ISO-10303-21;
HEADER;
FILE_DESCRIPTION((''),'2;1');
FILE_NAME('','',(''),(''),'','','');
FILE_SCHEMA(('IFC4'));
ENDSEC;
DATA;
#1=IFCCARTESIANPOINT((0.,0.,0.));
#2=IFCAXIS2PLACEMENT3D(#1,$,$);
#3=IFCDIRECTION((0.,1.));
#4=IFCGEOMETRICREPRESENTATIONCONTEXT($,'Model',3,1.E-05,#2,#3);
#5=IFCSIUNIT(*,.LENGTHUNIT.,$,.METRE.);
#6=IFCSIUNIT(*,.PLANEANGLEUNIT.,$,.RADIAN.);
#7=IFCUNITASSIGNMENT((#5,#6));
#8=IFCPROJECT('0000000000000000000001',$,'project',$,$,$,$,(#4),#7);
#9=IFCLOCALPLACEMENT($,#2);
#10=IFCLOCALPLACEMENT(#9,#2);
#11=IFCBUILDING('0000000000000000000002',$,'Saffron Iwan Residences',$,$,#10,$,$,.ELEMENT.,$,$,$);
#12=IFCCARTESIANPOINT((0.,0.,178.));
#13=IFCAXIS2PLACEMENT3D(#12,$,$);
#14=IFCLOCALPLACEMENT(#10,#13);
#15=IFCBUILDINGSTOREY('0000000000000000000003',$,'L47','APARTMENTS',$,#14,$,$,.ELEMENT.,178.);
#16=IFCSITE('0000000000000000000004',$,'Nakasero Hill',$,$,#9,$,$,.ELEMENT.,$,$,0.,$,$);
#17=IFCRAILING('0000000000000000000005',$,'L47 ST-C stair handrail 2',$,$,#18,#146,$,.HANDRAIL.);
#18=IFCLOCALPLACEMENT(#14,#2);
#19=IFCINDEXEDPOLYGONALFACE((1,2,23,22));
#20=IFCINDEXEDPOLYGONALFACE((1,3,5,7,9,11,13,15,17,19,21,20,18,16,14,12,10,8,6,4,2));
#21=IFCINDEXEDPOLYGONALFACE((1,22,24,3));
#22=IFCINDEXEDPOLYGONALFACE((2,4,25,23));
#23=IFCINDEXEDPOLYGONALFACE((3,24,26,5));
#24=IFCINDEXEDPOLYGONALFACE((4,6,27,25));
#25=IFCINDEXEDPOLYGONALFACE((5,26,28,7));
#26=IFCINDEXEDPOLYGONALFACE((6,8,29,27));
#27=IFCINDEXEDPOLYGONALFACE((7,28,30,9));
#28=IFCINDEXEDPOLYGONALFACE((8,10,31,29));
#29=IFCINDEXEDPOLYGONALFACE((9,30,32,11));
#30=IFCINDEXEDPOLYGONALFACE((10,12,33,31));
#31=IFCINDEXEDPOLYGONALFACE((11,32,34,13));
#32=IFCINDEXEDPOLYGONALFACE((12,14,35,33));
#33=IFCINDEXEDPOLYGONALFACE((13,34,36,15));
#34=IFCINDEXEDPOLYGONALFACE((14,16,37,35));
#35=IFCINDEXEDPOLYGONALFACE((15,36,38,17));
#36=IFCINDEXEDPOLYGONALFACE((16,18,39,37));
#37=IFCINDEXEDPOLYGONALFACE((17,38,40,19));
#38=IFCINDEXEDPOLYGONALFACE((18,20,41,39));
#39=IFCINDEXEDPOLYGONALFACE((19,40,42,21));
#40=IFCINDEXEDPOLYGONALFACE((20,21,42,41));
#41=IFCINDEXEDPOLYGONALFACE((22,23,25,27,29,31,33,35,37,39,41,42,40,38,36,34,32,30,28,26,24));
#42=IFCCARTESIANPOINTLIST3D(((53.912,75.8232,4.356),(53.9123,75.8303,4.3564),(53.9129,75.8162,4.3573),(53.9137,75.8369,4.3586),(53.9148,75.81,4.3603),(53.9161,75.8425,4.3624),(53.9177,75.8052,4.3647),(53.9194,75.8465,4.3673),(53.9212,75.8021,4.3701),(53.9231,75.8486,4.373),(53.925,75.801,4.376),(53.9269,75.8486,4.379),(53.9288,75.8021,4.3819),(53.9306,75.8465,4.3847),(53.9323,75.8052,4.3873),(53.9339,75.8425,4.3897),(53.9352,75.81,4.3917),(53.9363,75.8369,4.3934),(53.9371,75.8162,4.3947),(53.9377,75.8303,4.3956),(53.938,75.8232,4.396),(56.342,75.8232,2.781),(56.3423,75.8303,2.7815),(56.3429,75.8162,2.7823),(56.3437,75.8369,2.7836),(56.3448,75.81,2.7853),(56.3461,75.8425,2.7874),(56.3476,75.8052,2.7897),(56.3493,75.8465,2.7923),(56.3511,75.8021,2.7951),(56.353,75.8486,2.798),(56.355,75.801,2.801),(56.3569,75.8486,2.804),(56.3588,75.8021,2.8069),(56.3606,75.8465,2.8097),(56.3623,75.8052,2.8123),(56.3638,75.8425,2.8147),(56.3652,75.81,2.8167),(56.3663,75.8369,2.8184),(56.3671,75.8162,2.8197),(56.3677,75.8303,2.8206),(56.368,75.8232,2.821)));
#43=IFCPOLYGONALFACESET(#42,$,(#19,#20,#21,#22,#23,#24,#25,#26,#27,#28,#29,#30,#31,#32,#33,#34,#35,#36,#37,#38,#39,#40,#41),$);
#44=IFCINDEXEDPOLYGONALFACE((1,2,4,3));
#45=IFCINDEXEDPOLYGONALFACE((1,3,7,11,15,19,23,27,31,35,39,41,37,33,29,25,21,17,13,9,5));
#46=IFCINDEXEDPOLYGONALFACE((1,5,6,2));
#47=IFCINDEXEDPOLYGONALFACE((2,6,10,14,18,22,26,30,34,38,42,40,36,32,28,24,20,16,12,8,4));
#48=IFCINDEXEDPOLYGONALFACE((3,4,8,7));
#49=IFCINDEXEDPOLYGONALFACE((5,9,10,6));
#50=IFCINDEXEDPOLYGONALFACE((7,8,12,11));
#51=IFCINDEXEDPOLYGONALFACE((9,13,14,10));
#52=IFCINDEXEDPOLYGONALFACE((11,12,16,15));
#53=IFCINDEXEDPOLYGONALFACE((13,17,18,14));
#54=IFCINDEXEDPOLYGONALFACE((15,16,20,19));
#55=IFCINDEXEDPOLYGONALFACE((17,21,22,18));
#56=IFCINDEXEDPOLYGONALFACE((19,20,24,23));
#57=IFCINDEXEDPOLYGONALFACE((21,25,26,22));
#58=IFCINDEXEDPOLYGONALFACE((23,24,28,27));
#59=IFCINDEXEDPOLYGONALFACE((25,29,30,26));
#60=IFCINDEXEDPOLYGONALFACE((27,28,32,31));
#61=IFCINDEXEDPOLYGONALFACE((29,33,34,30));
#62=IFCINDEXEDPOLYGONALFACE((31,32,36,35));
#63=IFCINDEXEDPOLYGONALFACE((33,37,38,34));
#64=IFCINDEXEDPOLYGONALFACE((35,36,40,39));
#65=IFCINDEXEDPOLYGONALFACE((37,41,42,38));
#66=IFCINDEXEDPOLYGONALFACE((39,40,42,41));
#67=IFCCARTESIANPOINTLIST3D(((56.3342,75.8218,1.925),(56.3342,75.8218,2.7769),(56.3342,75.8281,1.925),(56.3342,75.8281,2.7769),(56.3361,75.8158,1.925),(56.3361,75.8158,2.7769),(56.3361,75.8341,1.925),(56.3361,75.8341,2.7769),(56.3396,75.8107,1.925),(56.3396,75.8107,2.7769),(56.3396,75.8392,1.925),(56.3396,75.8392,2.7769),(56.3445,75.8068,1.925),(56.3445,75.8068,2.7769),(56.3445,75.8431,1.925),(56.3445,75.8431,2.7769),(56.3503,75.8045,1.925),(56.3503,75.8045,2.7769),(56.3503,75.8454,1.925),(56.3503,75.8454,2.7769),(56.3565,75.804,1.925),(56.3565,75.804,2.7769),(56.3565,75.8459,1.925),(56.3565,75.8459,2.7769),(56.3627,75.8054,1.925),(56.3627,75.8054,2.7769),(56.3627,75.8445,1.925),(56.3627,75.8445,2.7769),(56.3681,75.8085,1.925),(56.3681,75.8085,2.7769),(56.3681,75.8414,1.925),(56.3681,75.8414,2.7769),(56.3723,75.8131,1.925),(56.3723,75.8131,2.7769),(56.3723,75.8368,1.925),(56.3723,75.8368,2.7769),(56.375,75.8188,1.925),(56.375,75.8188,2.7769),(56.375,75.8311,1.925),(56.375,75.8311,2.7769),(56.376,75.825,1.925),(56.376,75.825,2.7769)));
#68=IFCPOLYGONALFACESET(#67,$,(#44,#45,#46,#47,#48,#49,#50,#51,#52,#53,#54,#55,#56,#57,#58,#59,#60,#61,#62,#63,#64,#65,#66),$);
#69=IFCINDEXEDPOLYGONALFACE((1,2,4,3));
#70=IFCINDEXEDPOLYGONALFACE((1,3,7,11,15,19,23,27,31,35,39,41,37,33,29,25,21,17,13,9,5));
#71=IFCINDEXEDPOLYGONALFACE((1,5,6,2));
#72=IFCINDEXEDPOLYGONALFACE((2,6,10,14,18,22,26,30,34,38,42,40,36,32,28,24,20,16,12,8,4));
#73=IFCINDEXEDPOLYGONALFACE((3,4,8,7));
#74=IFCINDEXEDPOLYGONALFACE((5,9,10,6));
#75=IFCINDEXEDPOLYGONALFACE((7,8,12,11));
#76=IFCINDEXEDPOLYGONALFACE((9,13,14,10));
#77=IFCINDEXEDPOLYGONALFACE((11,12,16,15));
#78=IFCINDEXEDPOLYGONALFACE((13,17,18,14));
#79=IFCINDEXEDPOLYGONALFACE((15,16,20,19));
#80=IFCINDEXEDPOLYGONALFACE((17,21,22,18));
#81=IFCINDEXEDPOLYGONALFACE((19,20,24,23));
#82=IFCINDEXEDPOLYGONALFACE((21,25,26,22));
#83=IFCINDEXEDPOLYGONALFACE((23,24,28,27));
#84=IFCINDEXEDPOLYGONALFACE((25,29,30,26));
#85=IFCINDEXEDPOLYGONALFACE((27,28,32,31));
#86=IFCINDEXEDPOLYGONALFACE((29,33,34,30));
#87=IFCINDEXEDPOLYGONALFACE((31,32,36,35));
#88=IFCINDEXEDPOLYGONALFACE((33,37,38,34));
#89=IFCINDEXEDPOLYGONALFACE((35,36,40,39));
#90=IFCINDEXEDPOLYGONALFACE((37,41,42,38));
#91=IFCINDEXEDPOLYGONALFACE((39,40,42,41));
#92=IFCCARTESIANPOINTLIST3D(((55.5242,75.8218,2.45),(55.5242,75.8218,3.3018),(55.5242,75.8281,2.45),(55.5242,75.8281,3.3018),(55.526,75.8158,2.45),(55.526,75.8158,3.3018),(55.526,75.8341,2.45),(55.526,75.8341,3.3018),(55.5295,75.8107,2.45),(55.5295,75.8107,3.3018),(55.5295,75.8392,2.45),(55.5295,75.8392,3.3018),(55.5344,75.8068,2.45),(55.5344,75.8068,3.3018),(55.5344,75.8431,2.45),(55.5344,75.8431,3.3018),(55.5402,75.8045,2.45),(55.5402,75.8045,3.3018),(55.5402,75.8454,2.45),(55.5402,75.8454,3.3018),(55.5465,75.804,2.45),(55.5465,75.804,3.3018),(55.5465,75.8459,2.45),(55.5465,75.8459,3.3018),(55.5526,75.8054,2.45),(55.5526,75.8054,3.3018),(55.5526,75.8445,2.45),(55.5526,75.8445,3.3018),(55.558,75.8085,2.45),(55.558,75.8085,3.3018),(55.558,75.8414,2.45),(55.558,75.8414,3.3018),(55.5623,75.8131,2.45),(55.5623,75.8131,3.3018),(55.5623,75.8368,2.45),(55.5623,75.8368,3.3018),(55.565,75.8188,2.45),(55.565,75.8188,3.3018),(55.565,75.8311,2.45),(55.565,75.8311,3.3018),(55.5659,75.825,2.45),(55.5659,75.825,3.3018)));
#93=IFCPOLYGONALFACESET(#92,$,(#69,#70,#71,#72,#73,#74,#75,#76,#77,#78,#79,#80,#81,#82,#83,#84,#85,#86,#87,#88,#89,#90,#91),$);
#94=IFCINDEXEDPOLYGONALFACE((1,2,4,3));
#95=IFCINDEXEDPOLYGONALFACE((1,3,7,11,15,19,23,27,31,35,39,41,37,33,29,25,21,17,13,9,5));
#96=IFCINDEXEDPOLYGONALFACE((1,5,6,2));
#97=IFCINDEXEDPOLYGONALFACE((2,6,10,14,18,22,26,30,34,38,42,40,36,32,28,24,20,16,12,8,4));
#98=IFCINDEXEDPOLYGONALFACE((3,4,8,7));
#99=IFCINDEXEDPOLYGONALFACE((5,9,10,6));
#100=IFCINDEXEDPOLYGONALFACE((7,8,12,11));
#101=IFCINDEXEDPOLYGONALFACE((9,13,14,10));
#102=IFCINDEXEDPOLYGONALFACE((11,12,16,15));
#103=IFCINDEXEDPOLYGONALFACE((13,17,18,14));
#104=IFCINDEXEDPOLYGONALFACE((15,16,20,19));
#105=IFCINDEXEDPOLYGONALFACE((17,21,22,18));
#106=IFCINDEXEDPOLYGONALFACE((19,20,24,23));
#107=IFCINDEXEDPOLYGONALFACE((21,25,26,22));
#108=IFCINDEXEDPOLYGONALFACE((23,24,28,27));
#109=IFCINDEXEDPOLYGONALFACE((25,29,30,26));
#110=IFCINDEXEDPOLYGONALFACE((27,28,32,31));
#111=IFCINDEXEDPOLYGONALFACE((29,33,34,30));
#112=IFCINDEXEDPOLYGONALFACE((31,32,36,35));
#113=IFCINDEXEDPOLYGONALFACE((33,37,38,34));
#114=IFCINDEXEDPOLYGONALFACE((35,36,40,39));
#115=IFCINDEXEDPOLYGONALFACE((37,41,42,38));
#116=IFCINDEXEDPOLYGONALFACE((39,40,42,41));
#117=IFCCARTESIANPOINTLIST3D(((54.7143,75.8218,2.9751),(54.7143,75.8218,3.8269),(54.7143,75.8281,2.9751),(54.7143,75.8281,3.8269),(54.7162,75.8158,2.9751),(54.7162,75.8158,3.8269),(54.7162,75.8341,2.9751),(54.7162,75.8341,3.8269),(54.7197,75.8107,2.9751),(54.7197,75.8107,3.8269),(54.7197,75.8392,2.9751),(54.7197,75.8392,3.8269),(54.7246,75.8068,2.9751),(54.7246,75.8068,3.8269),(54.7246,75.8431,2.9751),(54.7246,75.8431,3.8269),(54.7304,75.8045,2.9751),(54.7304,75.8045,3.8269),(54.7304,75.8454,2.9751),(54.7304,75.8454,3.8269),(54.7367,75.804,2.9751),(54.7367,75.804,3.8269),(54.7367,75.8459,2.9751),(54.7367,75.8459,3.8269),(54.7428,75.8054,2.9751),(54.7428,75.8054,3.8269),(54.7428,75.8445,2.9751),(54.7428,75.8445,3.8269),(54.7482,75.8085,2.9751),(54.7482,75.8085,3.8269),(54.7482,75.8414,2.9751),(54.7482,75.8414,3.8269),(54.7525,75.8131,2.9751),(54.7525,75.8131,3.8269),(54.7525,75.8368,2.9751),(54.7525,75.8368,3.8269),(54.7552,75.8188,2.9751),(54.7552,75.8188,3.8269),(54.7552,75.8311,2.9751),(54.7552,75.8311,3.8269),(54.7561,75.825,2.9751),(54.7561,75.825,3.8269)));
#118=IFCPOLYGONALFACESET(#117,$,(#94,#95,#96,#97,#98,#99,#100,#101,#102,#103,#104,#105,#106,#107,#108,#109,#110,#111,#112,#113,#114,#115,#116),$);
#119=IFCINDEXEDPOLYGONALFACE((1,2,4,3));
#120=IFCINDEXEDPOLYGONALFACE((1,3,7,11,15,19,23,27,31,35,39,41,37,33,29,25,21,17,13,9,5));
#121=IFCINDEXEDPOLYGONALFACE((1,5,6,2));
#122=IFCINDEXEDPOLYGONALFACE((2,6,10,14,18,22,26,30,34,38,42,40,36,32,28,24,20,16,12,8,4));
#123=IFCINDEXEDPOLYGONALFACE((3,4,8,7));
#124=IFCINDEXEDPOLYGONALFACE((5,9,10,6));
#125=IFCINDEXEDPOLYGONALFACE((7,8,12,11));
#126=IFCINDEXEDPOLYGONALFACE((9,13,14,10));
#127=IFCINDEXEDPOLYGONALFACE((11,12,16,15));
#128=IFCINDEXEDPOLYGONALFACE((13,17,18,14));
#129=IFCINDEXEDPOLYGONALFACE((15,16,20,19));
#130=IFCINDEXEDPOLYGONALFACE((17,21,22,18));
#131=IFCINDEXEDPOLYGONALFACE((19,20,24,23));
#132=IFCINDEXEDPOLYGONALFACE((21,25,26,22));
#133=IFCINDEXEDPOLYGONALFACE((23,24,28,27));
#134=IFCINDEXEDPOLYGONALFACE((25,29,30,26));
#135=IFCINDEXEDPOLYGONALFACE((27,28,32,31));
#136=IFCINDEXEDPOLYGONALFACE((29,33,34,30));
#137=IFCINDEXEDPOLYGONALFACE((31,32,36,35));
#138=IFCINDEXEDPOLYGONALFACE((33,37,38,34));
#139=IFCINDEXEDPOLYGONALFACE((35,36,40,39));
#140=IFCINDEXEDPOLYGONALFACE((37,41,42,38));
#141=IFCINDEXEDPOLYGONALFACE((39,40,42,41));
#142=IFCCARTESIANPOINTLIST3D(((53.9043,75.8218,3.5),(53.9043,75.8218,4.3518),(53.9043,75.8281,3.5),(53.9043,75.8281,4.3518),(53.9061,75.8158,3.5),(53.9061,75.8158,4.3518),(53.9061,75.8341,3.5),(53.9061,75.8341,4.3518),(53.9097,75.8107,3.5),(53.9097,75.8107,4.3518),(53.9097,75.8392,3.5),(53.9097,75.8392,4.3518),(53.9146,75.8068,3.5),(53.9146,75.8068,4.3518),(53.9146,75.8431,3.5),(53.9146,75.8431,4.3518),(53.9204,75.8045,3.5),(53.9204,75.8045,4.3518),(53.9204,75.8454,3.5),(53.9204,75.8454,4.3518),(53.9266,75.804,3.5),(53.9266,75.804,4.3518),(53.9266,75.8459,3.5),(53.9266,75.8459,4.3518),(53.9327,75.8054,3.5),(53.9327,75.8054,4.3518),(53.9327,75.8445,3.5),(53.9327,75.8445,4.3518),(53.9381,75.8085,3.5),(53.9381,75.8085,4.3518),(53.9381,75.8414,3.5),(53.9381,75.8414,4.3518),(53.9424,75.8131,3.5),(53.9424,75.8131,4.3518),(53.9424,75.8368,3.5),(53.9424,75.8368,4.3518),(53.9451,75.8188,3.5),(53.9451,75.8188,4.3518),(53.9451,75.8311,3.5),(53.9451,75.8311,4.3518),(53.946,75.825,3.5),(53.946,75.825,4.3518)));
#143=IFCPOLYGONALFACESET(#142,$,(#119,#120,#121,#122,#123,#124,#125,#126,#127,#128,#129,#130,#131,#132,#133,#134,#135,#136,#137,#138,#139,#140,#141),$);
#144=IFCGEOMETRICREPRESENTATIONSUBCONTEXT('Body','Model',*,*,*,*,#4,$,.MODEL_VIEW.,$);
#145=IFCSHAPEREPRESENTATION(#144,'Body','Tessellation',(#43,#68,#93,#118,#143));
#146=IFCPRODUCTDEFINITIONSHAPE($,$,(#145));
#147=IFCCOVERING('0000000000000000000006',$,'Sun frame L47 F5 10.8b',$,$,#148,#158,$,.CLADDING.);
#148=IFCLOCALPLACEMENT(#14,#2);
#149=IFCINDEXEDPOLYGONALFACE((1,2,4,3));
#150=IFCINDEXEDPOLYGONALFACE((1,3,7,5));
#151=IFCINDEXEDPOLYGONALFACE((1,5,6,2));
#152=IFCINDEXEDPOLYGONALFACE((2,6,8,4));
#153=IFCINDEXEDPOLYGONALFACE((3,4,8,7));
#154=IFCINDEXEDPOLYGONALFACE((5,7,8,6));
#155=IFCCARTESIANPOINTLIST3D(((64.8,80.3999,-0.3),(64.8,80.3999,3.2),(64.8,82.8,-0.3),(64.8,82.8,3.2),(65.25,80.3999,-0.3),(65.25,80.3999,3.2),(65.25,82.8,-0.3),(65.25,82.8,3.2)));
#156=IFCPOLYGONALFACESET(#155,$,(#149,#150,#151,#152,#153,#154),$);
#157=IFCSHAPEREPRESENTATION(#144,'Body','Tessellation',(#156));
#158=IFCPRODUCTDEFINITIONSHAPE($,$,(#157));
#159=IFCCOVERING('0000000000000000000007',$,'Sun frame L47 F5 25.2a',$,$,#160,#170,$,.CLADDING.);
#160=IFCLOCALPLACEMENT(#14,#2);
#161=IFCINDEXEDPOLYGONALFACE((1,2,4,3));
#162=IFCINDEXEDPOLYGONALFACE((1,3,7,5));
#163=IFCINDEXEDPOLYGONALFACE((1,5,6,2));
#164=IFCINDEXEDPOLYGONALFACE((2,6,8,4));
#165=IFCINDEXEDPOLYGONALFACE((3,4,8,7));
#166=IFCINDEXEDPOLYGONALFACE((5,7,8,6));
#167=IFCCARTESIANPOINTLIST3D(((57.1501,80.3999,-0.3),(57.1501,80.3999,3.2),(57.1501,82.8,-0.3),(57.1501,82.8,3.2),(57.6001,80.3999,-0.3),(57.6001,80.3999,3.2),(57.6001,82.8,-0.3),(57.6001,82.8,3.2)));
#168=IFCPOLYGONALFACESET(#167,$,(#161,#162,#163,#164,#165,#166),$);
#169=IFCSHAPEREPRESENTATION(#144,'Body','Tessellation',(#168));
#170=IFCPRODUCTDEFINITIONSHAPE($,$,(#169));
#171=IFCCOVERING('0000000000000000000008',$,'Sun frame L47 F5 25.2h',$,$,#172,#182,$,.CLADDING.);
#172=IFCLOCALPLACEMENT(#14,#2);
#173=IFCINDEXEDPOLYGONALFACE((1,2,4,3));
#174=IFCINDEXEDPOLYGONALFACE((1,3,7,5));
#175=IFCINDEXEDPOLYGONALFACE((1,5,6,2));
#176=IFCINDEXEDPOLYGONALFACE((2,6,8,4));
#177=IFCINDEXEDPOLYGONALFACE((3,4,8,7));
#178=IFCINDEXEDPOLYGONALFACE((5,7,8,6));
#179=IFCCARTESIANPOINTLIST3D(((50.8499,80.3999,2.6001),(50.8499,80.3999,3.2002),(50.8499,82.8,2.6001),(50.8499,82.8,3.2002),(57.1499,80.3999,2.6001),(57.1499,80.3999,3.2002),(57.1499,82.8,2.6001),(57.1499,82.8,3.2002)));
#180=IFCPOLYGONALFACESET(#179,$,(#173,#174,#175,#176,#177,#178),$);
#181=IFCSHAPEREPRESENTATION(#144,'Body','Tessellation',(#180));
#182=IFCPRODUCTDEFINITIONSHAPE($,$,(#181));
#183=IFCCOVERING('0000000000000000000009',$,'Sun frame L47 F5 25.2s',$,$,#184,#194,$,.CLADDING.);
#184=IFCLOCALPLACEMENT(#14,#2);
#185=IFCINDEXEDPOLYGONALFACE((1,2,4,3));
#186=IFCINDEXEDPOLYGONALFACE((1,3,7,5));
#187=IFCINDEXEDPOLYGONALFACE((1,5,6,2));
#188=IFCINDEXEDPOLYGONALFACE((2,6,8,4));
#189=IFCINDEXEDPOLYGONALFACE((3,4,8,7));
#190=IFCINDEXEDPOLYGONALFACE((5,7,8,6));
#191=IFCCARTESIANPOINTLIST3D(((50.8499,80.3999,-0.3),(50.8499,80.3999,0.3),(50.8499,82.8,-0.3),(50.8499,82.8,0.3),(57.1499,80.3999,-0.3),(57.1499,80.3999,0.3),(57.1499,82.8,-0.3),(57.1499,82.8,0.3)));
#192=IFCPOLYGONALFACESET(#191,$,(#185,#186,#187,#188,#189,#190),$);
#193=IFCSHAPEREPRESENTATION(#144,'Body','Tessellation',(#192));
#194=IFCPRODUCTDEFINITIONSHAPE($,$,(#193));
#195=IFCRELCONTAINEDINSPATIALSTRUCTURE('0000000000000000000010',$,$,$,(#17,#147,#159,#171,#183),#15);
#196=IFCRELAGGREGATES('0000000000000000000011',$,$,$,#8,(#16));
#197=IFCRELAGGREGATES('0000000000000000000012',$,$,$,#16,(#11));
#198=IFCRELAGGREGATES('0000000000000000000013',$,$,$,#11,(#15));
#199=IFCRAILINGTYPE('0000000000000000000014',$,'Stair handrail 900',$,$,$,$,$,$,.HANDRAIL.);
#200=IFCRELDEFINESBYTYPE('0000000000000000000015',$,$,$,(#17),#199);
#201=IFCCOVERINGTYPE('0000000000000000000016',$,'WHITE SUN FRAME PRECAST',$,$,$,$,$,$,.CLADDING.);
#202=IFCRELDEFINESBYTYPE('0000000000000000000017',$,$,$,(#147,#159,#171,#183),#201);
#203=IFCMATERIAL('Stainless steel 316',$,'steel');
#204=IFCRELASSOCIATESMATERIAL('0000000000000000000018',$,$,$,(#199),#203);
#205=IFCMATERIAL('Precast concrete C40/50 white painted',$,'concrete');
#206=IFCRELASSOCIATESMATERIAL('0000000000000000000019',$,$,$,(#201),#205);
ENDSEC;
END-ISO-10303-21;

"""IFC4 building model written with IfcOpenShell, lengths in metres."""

from ifc_helpers import new_model, si_unit, direction, frame, origin, origin_2d, place, context, subcontext, project, spatial, polyline, circle, outline, extrude, material, type_object, element, save


model = new_model("IFC4")

# Units and contexts
model_context = context("Model", 3, precision=1e-05, world=origin(), true_north=direction((0.0, 1.0)))
body_context = subcontext(model_context, "Body", "Model", "MODEL_VIEW")
ifc_project = project(units=[si_unit("LENGTHUNIT", "METRE"), si_unit("PLANEANGLEUNIT", "RADIAN")], contexts=[model_context])

# Site, building, storey
site_placement = place(None, origin())
site = spatial("IfcSite", under=ifc_project, at=site_placement, Name="Nakasero Hill", CompositionType="ELEMENT", RefElevation=0.0)
building_placement = place(site_placement, origin())
building = spatial("IfcBuilding", under=site, at=building_placement, Name="Saffron Iwan Residences", CompositionType="ELEMENT")
storey_placement = place(building_placement, frame((0.0, 0.0, 178.0)))
storey = spatial("IfcBuildingStorey", under=building, at=storey_placement, Name="L47", Description="APARTMENTS", CompositionType="ELEMENT", Elevation=178.0)

# Railing
ifc_material_1 = material(Name="Stainless steel 316", Category="steel")
railing_type_1 = type_object("IfcRailingType", Name="Stair handrail 900", PredefinedType="HANDRAIL", material=ifc_material_1)
railing_1_placement = place(storey_placement, frame((56.355, 75.825, 1.925)))
element("IfcRailing", 1, at=railing_1_placement, inside=storey, type_object=railing_type_1, Name="L47 ST-C stair handrail 2", PredefinedType="HANDRAIL", context=body_context, shape_type="SweptSolid", body=[
    extrude(circle(Radius=0.0239, at=origin_2d()), frame((0.0, 0.0, 0.876), z_axis=(-0.839154, 0.0, 0.543894), x_axis=(0.0, -1.0, 0.0)), (0.0, 0.0, 1.0), 2.8958),
    extrude(circle(Radius=0.021, at=origin_2d()), origin(), (0.0, 0.0, 1.0), 0.8518),
    extrude(circle(Radius=0.021, at=origin_2d()), frame((-0.8101, 0.0, 0.5249)), (0.0, 0.0, 1.0), 0.8518),
    extrude(circle(Radius=0.021, at=origin_2d()), frame((-1.6199, 0.0, 1.05)), (0.0, 0.0, 1.0), 0.8518),
    extrude(circle(Radius=0.021, at=origin_2d()), frame((-2.4299, 0.0, 1.575)), (0.0, 0.0, 1.0), 0.8518),
])

# Coverings
ifc_material_2 = material(Name="Precast concrete C40/50 white painted", Category="concrete")
covering_type_1 = type_object("IfcCoveringType", Name="WHITE SUN FRAME PRECAST", PredefinedType="CLADDING", material=ifc_material_2)
for number, where, z_axis, x_axis, name in (
    (2, (65.25, 80.3999, -0.3), (0.0, 1.0, 0.0), (-1.0, 0.0, 0.0), "Sun frame L47 F5 10.8b"),
    (3, (57.6001, 80.3999, -0.3), (0.0, 1.0, 0.0), (-1.0, 0.0, 0.0), "Sun frame L47 F5 25.2a"),
):
    element("IfcCovering", number, at=place(storey_placement, frame(where, z_axis=z_axis, x_axis=x_axis)), inside=storey, type_object=covering_type_1, Name=name, PredefinedType="CLADDING", context=body_context, shape_type="SweptSolid", body=[
        extrude(outline(polyline([(0.0, 0.0), (0.45, 0.0), (0.45, 3.5), (0.0, 3.5), (0.0, 0.0)])), origin(), (0.0, 0.0, 1.0), 2.4001),
    ])
for number, where, z_axis, x_axis, name in (
    (4, (57.1499, 80.3999, 2.6001), (0.0, 1.0, 0.0), (-1.0, 0.0, 0.0), "Sun frame L47 F5 25.2h"),
    (5, (57.1499, 80.3999, -0.3), (0.0, 1.0, 0.0), (-1.0, 0.0, 0.0), "Sun frame L47 F5 25.2s"),
):
    element("IfcCovering", number, at=place(storey_placement, frame(where, z_axis=z_axis, x_axis=x_axis)), inside=storey, type_object=covering_type_1, Name=name, PredefinedType="CLADDING", context=body_context, shape_type="SweptSolid", body=[
        extrude(outline(polyline([(0.0, 0.0), (6.3, 0.0), (6.3, 0.6001), (0.0, 0.6001), (0.0, 0.0)])), origin(), (0.0, 0.0, 1.0), 2.4001),
    ])

save(model, "model.ifc")
